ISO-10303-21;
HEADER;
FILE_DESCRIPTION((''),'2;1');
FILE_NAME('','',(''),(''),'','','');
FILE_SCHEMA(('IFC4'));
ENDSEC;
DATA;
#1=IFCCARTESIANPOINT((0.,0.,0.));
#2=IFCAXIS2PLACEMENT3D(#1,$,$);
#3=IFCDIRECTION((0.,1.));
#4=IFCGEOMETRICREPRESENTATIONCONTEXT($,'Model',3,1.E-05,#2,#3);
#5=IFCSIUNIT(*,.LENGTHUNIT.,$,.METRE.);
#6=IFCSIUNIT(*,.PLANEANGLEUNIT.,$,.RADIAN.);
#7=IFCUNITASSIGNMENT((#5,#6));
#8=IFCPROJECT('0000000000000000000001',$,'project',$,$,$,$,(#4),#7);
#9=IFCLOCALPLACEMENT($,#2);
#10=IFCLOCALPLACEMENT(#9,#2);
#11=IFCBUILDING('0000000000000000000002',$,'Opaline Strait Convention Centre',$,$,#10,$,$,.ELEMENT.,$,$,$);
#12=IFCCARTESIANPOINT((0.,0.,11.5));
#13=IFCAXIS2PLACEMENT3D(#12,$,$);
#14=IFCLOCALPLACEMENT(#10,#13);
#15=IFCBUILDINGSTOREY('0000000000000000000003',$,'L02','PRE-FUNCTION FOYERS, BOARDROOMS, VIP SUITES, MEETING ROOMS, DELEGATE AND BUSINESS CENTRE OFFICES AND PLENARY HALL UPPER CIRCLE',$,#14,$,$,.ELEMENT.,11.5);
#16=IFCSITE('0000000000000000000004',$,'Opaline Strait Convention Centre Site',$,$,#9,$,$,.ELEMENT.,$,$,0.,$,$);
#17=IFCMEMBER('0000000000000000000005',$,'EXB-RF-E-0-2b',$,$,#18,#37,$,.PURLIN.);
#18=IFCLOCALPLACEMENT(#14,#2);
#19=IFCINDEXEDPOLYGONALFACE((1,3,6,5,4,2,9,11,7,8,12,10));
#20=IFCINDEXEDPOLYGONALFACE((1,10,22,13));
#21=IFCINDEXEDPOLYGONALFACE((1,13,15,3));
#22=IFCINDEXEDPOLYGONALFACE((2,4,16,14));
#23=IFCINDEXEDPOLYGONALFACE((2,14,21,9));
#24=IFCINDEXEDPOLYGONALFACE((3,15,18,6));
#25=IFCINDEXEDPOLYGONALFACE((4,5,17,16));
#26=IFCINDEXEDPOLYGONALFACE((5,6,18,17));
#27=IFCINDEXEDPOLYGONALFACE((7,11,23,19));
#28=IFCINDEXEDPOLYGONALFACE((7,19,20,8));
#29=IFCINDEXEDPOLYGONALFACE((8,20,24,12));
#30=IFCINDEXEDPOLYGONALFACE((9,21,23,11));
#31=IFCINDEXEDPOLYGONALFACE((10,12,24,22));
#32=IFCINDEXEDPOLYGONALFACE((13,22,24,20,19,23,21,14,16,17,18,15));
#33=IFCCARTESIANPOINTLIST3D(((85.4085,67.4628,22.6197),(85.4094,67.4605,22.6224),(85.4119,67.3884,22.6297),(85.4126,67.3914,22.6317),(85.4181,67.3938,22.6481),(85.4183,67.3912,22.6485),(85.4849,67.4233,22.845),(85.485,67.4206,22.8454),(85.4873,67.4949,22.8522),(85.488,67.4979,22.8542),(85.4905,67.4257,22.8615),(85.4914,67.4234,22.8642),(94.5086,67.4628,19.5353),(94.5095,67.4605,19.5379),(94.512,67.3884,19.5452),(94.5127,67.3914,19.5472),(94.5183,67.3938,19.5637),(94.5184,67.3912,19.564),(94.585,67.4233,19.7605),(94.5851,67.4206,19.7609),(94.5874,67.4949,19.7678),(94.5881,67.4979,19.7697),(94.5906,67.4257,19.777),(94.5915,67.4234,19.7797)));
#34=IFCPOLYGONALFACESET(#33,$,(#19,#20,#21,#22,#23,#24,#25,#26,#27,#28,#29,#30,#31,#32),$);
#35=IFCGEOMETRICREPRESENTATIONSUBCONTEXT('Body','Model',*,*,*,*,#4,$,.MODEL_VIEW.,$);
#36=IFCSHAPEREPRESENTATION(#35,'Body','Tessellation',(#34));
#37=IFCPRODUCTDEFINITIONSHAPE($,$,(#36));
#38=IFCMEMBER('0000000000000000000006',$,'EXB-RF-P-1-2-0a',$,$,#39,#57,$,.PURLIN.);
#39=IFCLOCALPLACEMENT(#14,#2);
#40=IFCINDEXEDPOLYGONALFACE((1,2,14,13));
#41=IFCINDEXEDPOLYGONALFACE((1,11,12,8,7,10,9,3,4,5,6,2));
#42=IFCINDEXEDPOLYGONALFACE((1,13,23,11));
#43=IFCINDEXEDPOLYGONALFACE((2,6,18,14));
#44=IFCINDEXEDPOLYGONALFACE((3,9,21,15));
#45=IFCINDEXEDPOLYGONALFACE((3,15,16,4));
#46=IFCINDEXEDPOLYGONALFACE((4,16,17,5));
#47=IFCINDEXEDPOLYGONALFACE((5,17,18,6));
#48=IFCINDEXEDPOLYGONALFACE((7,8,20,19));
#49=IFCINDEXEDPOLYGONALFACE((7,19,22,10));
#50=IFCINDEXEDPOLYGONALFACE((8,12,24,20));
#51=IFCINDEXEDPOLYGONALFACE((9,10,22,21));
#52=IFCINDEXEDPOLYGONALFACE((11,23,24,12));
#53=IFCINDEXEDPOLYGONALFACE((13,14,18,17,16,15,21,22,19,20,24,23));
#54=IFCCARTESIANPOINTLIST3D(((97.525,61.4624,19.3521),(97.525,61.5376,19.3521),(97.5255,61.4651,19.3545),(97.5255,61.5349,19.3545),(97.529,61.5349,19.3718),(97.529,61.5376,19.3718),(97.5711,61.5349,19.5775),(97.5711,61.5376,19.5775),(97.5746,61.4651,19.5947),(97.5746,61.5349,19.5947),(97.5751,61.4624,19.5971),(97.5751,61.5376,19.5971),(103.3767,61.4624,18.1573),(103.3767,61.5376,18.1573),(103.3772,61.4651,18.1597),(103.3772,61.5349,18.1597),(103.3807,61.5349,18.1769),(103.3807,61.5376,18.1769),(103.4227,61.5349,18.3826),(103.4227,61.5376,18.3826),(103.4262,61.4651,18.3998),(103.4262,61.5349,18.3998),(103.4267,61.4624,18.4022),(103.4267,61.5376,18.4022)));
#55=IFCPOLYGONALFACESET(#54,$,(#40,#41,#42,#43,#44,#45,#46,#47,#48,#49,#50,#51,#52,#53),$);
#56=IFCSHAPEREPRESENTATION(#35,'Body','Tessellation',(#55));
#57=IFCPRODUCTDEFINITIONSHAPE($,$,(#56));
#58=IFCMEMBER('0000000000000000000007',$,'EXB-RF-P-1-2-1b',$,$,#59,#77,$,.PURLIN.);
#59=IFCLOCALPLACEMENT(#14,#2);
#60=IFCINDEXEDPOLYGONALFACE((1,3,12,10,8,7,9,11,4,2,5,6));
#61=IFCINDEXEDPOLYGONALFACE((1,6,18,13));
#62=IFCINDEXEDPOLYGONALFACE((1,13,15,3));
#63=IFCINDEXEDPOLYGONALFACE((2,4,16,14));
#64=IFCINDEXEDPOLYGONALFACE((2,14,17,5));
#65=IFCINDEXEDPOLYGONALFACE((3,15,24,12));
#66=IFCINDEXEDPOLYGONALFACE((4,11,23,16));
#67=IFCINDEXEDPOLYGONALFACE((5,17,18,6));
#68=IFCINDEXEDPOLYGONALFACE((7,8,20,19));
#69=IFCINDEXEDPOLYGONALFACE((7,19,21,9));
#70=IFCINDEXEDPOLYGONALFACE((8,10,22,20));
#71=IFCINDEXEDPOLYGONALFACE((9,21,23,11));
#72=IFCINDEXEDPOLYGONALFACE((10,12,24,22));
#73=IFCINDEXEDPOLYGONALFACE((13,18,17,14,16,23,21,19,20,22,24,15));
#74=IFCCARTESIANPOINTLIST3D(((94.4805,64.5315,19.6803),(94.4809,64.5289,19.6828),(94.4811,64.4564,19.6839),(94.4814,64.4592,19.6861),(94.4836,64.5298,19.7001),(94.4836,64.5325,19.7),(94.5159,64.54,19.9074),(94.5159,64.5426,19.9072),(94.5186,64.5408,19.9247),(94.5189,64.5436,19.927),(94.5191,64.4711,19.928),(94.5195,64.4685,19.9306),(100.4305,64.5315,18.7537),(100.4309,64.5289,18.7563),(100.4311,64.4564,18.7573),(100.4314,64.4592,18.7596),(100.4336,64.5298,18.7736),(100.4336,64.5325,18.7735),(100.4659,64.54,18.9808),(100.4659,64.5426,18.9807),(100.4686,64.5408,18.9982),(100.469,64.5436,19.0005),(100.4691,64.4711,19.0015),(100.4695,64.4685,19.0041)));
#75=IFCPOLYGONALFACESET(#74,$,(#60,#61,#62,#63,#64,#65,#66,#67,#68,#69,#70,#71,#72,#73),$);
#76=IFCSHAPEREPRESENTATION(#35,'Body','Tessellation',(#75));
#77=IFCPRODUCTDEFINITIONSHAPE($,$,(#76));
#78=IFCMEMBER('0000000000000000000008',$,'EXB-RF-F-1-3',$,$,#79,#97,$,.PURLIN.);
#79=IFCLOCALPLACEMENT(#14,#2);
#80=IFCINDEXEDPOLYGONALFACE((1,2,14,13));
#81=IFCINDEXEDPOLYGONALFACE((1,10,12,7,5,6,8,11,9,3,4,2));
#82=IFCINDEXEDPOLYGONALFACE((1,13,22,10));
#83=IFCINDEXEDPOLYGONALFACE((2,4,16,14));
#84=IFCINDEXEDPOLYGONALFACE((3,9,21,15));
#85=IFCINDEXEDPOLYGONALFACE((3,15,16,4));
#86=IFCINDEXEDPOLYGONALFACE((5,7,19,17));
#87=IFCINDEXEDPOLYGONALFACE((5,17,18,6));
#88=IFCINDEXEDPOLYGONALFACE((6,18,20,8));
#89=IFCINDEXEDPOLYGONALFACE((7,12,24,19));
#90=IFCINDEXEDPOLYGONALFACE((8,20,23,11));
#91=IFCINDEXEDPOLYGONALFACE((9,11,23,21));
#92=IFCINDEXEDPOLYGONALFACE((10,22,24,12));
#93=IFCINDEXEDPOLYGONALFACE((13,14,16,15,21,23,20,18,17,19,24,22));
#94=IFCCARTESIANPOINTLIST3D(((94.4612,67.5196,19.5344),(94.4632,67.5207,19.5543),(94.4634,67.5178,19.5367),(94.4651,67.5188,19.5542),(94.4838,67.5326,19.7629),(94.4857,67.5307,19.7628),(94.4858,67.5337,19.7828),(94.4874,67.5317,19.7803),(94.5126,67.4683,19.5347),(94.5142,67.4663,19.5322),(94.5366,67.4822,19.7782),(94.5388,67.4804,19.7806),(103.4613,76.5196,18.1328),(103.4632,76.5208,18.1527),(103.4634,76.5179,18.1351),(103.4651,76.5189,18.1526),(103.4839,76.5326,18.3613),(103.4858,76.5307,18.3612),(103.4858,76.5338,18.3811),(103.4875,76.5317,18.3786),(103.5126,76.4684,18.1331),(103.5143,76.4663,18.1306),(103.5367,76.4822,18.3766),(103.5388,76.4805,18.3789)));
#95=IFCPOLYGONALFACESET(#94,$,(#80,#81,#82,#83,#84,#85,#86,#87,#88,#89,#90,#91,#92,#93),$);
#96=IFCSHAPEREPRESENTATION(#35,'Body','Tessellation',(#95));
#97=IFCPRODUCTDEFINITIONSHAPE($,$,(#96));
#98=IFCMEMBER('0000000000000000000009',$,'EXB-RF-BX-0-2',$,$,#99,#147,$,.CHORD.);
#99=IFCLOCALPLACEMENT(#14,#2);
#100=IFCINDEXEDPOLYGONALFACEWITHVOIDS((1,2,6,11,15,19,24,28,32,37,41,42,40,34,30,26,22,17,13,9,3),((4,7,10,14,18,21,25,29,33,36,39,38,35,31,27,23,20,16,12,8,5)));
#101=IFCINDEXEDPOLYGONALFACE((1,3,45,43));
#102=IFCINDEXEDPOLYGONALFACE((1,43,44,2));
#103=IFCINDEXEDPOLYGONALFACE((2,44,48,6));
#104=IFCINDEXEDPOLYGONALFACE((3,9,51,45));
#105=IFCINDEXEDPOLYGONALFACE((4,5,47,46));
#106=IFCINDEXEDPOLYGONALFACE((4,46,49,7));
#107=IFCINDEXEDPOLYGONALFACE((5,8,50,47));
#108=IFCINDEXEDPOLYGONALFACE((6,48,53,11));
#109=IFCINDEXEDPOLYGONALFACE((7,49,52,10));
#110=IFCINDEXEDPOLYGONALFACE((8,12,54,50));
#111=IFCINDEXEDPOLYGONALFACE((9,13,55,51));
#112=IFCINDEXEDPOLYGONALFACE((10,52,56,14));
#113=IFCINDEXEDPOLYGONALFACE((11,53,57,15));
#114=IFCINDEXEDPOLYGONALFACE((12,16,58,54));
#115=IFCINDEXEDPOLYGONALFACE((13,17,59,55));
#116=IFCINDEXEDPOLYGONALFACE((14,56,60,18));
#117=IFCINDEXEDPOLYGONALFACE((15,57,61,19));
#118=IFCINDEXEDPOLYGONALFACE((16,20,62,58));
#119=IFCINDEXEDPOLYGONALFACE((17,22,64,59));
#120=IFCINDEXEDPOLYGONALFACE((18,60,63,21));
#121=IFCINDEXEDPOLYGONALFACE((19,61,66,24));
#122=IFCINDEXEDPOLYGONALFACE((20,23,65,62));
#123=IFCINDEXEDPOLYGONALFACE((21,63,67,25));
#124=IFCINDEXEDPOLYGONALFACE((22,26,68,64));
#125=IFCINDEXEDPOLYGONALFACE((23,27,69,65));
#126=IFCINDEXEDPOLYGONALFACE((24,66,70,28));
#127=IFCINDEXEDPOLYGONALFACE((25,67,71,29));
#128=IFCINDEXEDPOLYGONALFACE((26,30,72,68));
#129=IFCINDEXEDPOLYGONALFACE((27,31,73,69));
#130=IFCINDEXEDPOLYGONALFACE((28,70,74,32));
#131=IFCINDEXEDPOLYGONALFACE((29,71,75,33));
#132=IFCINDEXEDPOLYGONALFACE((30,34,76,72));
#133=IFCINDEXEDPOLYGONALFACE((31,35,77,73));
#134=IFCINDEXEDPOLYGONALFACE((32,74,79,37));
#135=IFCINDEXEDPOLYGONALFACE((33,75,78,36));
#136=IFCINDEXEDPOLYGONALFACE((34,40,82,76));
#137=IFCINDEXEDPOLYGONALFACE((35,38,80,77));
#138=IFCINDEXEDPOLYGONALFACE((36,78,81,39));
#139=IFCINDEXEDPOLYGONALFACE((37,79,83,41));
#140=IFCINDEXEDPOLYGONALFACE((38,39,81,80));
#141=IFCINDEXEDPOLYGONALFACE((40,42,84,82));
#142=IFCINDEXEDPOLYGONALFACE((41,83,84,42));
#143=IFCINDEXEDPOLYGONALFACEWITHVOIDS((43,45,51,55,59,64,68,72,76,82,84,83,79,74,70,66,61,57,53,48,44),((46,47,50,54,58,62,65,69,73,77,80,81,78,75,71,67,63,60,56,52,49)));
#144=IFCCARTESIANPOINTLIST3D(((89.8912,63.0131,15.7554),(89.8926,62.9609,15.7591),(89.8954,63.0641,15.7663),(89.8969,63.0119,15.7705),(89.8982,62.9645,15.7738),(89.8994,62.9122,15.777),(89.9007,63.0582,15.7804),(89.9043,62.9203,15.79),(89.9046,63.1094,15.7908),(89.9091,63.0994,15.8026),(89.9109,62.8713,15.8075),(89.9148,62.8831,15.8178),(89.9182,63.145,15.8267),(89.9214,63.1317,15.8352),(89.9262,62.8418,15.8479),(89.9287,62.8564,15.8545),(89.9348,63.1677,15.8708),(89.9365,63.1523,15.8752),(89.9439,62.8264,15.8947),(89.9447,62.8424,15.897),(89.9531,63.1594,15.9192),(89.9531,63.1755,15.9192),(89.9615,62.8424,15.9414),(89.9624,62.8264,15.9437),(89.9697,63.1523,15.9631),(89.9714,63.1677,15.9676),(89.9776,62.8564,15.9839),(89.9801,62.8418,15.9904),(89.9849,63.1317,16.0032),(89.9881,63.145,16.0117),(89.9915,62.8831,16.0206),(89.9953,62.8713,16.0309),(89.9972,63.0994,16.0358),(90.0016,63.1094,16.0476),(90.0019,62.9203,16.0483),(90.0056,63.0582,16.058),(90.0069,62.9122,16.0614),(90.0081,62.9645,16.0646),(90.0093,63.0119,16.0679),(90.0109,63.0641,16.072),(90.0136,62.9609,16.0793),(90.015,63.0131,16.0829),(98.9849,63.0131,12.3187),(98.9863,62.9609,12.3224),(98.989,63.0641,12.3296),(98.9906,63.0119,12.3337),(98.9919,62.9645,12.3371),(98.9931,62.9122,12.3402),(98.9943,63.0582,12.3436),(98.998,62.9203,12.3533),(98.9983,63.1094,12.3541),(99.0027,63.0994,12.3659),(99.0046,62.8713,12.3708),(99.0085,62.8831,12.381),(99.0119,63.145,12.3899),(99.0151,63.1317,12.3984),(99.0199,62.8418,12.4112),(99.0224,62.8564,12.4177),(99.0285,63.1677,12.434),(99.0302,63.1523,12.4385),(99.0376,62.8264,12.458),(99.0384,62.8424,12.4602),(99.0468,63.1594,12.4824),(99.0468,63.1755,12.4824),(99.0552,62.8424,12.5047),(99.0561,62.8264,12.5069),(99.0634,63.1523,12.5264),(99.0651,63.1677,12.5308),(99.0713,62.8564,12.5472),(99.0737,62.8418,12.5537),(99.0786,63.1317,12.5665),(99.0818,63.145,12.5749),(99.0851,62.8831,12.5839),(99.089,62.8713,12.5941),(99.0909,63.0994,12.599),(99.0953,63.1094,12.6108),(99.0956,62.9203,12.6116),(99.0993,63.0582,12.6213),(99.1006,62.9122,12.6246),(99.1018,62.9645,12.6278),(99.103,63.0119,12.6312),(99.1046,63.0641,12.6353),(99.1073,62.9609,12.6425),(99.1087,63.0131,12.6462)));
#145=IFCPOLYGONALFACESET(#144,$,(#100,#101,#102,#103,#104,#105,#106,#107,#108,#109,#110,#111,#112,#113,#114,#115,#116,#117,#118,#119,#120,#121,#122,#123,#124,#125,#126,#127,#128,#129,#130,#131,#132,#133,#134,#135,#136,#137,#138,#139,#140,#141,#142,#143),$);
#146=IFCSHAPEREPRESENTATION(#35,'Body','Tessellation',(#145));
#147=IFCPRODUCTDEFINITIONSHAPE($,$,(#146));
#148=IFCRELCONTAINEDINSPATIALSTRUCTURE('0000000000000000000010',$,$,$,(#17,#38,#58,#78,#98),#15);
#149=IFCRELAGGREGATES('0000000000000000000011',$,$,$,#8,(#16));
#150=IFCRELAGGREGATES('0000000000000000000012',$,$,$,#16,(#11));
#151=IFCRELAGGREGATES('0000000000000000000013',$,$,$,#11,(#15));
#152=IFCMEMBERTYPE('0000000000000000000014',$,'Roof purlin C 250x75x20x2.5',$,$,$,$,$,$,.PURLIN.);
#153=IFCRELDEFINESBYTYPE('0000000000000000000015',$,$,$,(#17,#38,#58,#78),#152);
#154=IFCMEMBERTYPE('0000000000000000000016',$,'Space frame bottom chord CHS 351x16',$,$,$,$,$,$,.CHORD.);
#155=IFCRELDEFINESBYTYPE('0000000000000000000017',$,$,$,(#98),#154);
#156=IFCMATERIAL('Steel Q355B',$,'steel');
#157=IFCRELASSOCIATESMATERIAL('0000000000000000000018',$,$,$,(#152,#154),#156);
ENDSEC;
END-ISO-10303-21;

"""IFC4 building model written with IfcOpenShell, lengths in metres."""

from ifc_helpers import new_model, si_unit, direction, frame, origin, origin_2d, place, context, subcontext, project, spatial, polyline, hollow_circle, outline, extrude, material, material_profile, profile_set, type_object, element, save


model = new_model("IFC4")

# Units and contexts
model_context = context("Model", 3, precision=1e-05, world=origin(), true_north=direction((0.0, 1.0)))
body_context = subcontext(model_context, "Body", "Model", "MODEL_VIEW")
ifc_project = project(units=[si_unit("LENGTHUNIT", "METRE"), si_unit("PLANEANGLEUNIT", "RADIAN")], contexts=[model_context])

# Site, building, storey
site_placement = place(None, origin())
site = spatial("IfcSite", under=ifc_project, at=site_placement, Name="Opaline Strait Convention Centre Site", CompositionType="ELEMENT", RefElevation=0.0)
building_placement = place(site_placement, origin())
building = spatial("IfcBuilding", under=site, at=building_placement, Name="Opaline Strait Convention Centre", CompositionType="ELEMENT")
storey_placement = place(building_placement, frame((0.0, 0.0, 11.5)))
storey = spatial("IfcBuildingStorey", under=building, at=storey_placement, Name="L02", Description="PRE-FUNCTION FOYERS, BOARDROOMS, VIP SUITES, MEETING ROOMS, DELEGATE AND BUSINESS CENTRE OFFICES AND PLENARY HALL UPPER CIRCLE", CompositionType="ELEMENT", Elevation=11.5)

# Members
ifc_material_1 = material(Name="Steel Q355B", Category="steel")
ifc_material_profile_1 = material_profile(ifc_material_1, outline(polyline([(-0.0376, -0.125), (0.0376, -0.125), (0.0376, -0.105), (0.0349, -0.105), (0.0349, -0.1226), (-0.0349, -0.1226), (-0.0349, 0.1226), (0.0349, 0.1226), (0.0349, 0.105), (0.0376, 0.105), (0.0376, 0.125), (-0.0376, 0.125), (-0.0376, -0.125)])), Name="C 250x75x20x2.5")
ifc_profile_set_1 = profile_set([ifc_material_profile_1], Name="Steel Q355B")
member_type_1 = type_object("IfcMemberType", Name="Roof purlin C 250x75x20x2.5", PredefinedType="PURLIN", material=ifc_profile_set_1)
member_1_placement = place(storey_placement, frame((94.55, 67.4431, 19.6575), z_axis=(-0.947076, 0.0, 0.321011), x_axis=(0.044975, -0.990137, 0.132688)))
element("IfcMember", 1, at=member_1_placement, inside=storey, type_object=member_type_1, Name="EXB-RF-E-0-2b", PredefinedType="PURLIN", context=body_context, shape_type="SweptSolid", body=[
    extrude(outline(polyline([(-0.0376, -0.125), (0.0376, -0.125), (0.0376, -0.105), (0.0349, -0.105), (0.0349, -0.1226), (-0.0349, -0.1226), (-0.0349, 0.1226), (0.0349, 0.1226), (0.0349, 0.105), (0.0376, 0.105), (0.0376, 0.125), (-0.0376, 0.125), (-0.0376, -0.125)])), origin(), (0.0, 0.0, 1.0), 9.6086),
])
member_2_placement = place(storey_placement, frame((97.55, 61.5, 19.4746), z_axis=(0.979783, 0.0, -0.200061), x_axis=(0.0, 1.0, 0.0)))
element("IfcMember", 2, at=member_2_placement, inside=storey, type_object=member_type_1, Name="EXB-RF-P-1-2-0a", PredefinedType="PURLIN", context=body_context, shape_type="SweptSolid", body=[
    extrude(outline(polyline([(-0.0376, -0.125), (0.0376, -0.125), (0.0376, -0.105), (0.0349, -0.105), (0.0349, -0.1226), (-0.0349, -0.1226), (-0.0349, 0.1226), (0.0349, 0.1226), (0.0349, 0.105), (0.0376, 0.105), (0.0376, 0.125), (-0.0376, 0.125), (-0.0376, -0.125)])), origin(), (0.0, 0.0, 1.0), 5.9724),
])
member_3_placement = place(storey_placement, frame((94.5, 64.5, 19.8054), z_axis=(0.988092, 0.0, -0.153864), x_axis=(-0.007452, 0.998826, -0.047856)))
element("IfcMember", 3, at=member_3_placement, inside=storey, type_object=member_type_1, Name="EXB-RF-P-1-2-1b", PredefinedType="PURLIN", context=body_context, shape_type="SweptSolid", body=[
    extrude(outline(polyline([(-0.0376, -0.125), (0.0376, -0.125), (0.0376, -0.105), (0.0349, -0.105), (0.0349, -0.1226), (-0.0349, -0.1226), (-0.0349, 0.1226), (0.0349, 0.1226), (0.0349, 0.105), (0.0376, 0.105), (0.0376, 0.125), (-0.0376, 0.125), (-0.0376, -0.125)])), origin(), (0.0, 0.0, 1.0), 6.0217),
])
member_4_placement = place(storey_placement, frame((94.5, 67.5, 19.6575), z_axis=(0.702858, 0.702858, -0.109459), x_axis=(-0.704515, 0.709083, 0.029328)))
element("IfcMember", 4, at=member_4_placement, inside=storey, type_object=member_type_1, Name="EXB-RF-F-1-3", PredefinedType="PURLIN", context=body_context, shape_type="SweptSolid", body=[
    extrude(outline(polyline([(-0.0376, -0.125), (0.0376, -0.125), (0.0376, -0.105), (0.0349, -0.105), (0.0349, -0.1226), (-0.0349, -0.1226), (-0.0349, 0.1226), (0.0349, 0.1226), (0.0349, 0.105), (0.0376, 0.105), (0.0376, 0.125), (-0.0376, 0.125), (-0.0376, -0.125)])), origin(), (0.0, 0.0, 1.0), 12.8049),
])
ifc_material_profile_2 = material_profile(ifc_material_1, hollow_circle(Radius=0.1755, WallThickness=0.0161, at=origin_2d()), Name="CHS 351x16")
ifc_profile_set_2 = profile_set([ifc_material_profile_2], Name="Steel Q355B")
member_type_2 = type_object("IfcMemberType", Name="Space frame bottom chord CHS 351x16", PredefinedType="CHORD", material=ifc_profile_set_2)
member_5_placement = place(storey_placement, frame((89.9531, 63.0, 15.9192), z_axis=(0.935426, 0.0, -0.353522), x_axis=(0.0, 1.0, 0.0)))
element("IfcMember", 5, at=member_5_placement, inside=storey, type_object=member_type_2, Name="EXB-RF-BX-0-2", PredefinedType="CHORD", context=body_context, shape_type="SweptSolid", body=[
    extrude(hollow_circle(Radius=0.1755, WallThickness=0.0161, at=origin_2d()), origin(), (0.0, 0.0, 1.0), 9.7214),
])

save(model, "model.ifc")
